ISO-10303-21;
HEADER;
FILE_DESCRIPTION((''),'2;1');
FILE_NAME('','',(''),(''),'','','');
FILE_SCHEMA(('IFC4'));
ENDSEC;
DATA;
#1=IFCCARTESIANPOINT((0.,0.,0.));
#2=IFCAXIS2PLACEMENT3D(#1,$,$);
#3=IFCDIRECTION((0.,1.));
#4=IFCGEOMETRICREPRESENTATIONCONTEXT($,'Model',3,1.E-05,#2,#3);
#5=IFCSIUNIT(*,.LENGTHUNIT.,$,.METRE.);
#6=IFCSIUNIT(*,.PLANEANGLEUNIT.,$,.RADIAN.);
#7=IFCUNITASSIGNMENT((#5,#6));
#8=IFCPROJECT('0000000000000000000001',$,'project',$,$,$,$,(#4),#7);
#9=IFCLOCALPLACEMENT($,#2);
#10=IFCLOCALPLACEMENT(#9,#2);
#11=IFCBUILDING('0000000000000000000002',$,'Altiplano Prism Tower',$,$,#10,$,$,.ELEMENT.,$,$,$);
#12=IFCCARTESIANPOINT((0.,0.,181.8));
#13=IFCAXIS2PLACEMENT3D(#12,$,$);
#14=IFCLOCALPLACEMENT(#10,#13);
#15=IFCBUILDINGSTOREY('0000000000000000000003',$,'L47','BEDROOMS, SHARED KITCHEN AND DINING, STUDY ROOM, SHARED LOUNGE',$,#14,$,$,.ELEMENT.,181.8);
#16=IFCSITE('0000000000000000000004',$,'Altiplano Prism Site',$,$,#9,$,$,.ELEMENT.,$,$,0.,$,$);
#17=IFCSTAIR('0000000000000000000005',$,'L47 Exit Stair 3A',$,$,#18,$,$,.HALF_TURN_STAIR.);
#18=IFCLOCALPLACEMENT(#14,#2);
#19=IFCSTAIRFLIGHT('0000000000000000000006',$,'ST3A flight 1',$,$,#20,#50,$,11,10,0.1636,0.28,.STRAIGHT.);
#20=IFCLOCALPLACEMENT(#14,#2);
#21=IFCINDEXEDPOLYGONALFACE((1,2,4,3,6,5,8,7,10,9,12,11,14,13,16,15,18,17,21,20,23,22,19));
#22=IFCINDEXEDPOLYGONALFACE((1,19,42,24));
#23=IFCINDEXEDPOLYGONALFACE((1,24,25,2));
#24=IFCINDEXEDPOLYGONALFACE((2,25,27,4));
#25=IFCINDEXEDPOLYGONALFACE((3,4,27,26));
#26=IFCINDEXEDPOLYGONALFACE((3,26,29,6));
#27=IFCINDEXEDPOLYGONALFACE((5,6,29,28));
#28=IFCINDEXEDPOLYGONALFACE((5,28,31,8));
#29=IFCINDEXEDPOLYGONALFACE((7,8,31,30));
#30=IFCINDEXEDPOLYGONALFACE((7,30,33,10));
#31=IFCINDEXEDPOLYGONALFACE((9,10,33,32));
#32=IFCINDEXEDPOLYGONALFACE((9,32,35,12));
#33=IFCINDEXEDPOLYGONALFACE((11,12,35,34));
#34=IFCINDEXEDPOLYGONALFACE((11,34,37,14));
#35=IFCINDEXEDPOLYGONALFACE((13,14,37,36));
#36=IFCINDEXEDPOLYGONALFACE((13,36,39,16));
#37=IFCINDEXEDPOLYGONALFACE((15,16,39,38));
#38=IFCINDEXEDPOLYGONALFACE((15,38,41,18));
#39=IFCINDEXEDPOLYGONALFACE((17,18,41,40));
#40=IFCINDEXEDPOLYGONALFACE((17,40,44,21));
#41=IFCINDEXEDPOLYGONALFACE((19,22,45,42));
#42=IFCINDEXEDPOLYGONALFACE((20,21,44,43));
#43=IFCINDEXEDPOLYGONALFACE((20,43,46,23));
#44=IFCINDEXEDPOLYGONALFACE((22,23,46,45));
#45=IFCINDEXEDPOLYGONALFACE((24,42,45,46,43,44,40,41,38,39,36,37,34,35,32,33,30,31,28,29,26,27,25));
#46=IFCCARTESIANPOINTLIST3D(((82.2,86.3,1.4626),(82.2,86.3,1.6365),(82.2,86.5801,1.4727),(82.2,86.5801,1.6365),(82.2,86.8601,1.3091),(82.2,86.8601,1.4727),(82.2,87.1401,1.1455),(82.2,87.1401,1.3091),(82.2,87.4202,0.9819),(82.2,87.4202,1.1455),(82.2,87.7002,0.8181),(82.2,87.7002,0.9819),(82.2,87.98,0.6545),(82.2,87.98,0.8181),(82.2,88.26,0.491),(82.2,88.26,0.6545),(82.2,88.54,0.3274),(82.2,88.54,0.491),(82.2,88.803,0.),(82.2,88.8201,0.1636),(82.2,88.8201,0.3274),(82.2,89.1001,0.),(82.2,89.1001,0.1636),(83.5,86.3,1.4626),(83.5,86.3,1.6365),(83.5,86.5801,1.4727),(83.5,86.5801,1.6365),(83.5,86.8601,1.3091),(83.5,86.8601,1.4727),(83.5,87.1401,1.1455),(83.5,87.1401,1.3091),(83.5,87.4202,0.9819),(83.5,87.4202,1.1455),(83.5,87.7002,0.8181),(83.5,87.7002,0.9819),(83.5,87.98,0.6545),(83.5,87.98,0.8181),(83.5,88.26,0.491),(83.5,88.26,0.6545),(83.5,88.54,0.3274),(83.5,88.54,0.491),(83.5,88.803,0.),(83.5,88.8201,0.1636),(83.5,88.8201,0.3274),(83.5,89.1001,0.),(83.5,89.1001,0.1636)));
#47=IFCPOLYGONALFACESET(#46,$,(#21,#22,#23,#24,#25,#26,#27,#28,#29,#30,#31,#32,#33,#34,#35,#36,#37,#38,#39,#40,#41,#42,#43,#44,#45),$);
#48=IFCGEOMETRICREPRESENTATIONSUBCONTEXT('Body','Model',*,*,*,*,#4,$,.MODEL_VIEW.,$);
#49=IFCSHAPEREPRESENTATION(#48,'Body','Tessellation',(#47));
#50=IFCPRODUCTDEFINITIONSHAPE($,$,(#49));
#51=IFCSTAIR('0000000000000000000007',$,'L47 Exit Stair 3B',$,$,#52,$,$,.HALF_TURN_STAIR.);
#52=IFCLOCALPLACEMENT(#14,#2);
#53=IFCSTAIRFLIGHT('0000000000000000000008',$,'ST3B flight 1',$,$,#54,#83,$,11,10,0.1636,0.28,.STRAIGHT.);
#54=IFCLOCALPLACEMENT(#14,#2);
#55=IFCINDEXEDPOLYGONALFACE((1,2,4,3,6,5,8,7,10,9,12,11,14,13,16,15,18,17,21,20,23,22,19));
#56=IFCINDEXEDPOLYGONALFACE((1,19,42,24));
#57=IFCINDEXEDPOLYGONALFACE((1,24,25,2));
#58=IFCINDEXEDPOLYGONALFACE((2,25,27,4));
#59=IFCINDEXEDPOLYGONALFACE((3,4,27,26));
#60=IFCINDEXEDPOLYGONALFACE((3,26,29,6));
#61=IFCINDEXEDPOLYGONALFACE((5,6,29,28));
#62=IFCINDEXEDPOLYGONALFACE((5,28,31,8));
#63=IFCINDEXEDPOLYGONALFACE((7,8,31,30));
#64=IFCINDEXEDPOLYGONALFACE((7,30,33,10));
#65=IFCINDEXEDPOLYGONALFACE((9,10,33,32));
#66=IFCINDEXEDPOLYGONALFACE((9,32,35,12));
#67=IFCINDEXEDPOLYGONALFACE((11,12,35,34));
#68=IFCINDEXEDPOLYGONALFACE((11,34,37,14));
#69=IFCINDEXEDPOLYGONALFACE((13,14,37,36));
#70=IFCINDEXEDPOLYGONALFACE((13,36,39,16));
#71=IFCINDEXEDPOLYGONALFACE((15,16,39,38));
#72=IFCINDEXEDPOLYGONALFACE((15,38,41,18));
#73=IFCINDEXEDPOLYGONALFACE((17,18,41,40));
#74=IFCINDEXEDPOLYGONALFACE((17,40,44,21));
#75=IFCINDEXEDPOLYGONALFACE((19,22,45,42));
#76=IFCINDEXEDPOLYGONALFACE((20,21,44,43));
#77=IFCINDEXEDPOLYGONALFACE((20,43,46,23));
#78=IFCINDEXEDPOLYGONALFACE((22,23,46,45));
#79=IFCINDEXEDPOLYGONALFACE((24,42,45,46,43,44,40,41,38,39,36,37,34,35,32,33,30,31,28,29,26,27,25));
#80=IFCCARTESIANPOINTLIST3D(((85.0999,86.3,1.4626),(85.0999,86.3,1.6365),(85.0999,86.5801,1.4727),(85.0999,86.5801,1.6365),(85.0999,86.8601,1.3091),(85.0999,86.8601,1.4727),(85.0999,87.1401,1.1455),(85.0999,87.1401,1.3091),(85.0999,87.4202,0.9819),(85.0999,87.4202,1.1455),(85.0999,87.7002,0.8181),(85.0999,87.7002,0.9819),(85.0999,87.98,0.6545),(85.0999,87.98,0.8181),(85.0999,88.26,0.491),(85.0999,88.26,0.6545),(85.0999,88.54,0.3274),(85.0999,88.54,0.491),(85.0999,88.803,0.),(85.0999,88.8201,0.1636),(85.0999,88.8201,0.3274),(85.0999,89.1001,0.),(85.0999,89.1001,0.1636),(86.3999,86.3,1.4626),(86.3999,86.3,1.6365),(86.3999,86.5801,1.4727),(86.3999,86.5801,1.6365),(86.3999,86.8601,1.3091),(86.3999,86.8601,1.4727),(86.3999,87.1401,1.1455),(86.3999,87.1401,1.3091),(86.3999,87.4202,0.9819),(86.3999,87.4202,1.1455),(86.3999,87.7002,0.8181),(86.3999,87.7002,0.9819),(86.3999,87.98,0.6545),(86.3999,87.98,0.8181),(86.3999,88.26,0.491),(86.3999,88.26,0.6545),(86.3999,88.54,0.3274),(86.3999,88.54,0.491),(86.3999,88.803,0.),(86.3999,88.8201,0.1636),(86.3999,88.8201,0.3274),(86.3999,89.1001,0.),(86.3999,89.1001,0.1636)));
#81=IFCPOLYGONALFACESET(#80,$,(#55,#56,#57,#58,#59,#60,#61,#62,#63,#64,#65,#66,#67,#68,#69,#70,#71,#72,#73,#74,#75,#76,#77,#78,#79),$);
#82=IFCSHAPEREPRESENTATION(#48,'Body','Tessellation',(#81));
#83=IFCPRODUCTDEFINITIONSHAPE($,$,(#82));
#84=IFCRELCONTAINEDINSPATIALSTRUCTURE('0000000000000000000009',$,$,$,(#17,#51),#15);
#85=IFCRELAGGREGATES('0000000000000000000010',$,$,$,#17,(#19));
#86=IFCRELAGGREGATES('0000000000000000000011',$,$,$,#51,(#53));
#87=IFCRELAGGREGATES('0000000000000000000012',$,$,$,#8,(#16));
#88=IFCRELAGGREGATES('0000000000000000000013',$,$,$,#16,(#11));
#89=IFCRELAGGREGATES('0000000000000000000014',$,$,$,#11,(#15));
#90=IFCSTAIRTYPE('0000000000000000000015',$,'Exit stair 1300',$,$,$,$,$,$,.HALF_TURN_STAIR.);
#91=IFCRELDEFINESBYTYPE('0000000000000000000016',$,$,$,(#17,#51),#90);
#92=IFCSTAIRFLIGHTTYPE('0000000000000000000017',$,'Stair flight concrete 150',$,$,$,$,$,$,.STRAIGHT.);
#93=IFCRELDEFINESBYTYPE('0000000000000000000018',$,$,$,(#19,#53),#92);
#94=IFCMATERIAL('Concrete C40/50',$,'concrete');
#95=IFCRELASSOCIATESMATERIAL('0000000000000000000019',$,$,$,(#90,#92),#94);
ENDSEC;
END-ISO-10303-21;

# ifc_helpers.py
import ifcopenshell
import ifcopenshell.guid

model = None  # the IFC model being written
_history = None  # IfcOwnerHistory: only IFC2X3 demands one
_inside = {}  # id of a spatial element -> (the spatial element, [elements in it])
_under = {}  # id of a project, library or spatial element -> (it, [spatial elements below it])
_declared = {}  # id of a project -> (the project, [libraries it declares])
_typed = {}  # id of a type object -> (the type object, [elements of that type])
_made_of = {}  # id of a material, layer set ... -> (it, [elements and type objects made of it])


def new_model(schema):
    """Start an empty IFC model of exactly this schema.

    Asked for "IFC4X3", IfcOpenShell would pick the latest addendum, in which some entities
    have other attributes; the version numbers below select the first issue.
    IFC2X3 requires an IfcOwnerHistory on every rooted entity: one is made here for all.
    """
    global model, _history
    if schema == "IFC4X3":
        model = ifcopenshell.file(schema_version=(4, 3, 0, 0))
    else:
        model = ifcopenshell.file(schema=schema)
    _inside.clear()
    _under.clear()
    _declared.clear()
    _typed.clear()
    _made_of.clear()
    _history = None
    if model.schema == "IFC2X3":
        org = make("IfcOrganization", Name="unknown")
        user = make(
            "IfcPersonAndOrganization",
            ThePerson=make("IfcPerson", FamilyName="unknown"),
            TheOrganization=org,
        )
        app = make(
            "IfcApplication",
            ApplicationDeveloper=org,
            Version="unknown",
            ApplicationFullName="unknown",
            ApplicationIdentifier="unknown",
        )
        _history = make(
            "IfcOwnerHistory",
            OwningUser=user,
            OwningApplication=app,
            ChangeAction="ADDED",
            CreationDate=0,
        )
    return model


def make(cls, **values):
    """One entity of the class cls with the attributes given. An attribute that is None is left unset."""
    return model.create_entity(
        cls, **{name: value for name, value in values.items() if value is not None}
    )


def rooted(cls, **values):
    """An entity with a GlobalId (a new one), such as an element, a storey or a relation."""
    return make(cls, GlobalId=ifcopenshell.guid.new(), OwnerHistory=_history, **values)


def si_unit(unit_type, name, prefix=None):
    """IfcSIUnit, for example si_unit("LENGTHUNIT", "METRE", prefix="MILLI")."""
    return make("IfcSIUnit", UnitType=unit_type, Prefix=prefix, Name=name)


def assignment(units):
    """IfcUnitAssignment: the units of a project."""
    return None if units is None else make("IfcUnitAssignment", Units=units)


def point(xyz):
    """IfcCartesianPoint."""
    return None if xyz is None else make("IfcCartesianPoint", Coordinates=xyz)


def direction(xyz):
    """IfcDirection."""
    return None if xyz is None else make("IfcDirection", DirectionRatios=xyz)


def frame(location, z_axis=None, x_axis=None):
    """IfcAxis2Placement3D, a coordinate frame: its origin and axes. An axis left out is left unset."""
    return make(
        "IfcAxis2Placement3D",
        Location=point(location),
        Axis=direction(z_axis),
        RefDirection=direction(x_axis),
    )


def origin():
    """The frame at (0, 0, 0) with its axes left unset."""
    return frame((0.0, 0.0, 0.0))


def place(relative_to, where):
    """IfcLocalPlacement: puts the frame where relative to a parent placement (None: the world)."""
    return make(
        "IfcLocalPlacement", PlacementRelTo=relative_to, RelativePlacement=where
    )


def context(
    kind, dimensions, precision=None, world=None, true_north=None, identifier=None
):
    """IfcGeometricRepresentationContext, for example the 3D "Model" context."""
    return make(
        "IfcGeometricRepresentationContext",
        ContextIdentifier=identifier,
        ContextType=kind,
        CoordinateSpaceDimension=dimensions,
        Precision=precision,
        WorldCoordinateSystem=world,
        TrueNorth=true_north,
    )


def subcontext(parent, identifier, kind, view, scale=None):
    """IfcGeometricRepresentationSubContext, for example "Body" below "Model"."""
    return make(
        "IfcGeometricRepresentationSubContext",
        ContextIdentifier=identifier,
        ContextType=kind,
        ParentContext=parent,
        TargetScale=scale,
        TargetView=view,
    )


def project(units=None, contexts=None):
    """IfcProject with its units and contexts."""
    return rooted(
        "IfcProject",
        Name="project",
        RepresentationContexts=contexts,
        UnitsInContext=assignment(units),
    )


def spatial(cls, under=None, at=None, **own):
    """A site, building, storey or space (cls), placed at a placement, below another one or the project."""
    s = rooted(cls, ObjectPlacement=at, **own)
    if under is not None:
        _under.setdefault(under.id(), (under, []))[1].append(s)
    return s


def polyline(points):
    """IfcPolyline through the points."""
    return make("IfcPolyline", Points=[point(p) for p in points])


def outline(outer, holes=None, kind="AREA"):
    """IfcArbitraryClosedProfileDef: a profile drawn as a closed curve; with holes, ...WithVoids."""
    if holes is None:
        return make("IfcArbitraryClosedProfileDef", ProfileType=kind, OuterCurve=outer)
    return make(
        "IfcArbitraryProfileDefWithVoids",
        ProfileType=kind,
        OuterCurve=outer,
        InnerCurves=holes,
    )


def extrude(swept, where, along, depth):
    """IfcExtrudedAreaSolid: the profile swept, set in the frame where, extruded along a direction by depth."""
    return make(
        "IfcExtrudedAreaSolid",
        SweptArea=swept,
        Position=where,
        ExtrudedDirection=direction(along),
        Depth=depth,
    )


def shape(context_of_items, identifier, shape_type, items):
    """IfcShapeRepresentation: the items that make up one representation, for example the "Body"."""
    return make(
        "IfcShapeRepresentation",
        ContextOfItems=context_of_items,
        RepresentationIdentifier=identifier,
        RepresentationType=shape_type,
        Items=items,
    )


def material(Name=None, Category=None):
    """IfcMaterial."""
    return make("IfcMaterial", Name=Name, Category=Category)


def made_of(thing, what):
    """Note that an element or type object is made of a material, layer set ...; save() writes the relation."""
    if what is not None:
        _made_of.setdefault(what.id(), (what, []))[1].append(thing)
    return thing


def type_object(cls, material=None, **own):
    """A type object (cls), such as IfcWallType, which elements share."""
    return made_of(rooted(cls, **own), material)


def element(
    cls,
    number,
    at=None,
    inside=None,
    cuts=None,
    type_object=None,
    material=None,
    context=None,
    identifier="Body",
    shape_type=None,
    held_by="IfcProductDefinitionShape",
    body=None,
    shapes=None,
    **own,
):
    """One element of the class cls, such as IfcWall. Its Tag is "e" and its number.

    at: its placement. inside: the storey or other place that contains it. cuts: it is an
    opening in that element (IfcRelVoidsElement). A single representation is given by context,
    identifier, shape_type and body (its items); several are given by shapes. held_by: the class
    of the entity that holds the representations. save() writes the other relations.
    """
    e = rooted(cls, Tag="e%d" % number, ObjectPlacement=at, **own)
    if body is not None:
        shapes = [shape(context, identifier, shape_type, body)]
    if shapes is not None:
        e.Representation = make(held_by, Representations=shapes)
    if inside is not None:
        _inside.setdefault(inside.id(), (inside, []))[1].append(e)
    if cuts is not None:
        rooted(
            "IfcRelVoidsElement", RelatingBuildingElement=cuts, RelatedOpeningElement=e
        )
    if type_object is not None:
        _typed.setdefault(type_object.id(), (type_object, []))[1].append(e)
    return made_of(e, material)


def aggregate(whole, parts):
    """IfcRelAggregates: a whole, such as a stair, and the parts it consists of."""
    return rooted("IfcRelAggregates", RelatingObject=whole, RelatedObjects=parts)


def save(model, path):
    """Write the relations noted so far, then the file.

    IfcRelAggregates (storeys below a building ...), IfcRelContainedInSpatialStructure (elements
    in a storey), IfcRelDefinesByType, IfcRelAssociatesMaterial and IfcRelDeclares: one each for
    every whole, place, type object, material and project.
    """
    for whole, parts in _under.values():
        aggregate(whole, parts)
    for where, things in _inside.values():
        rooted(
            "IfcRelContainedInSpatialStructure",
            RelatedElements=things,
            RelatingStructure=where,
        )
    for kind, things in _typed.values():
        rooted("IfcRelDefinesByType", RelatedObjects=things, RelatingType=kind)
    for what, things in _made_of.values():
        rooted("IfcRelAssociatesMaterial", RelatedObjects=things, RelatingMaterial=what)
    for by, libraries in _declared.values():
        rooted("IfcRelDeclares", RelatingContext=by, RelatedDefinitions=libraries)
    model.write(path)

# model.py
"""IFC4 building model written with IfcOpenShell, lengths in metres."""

from ifc_helpers import new_model, si_unit, direction, frame, origin, place, context, subcontext, project, spatial, polyline, outline, extrude, material, type_object, element, aggregate, save


model = new_model("IFC4")

# Units and contexts
model_context = context("Model", 3, precision=1e-05, world=origin(), true_north=direction((0.0, 1.0)))
body_context = subcontext(model_context, "Body", "Model", "MODEL_VIEW")
ifc_project = project(units=[si_unit("LENGTHUNIT", "METRE"), si_unit("PLANEANGLEUNIT", "RADIAN")], contexts=[model_context])

# Site, building, storey
site_placement = place(None, origin())
site = spatial("IfcSite", under=ifc_project, at=site_placement, Name="Altiplano Prism Site", CompositionType="ELEMENT", RefElevation=0.0)
building_placement = place(site_placement, origin())
building = spatial("IfcBuilding", under=site, at=building_placement, Name="Altiplano Prism Tower", CompositionType="ELEMENT")
storey_placement = place(building_placement, frame((0.0, 0.0, 181.8)))
storey = spatial("IfcBuildingStorey", under=building, at=storey_placement, Name="L47", Description="BEDROOMS, SHARED KITCHEN AND DINING, STUDY ROOM, SHARED LOUNGE", CompositionType="ELEMENT", Elevation=181.8)

# Stairs, stair flights
ifc_material_1 = material(Name="Concrete C40/50", Category="concrete")
stair_type = type_object("IfcStairType", Name="Exit stair 1300", PredefinedType="HALF_TURN_STAIR", material=ifc_material_1)
stair_1_placement = place(storey_placement, origin())
stair_1 = element("IfcStair", 1, at=stair_1_placement, inside=storey, type_object=stair_type, Name="L47 Exit Stair 3A", PredefinedType="HALF_TURN_STAIR")
stair_flight_type = type_object("IfcStairFlightType", Name="Stair flight concrete 150", PredefinedType="STRAIGHT", material=ifc_material_1)
stair_flight_1_placement = place(storey_placement, frame((82.8501, 89.1001, 0.0), z_axis=(0.0, 0.0, 1.0), x_axis=(0.0, -1.0, 0.0)))
stair_flight_1 = element("IfcStairFlight", 2, at=stair_flight_1_placement, type_object=stair_flight_type, Name="ST3A flight 1", NumberOfRisers=11, NumberOfTreads=10, PredefinedType="STRAIGHT", RiserHeight=0.1636, TreadLength=0.28, context=body_context, shape_type="SweptSolid", body=[
    extrude(outline(polyline([(0.0, 0.0), (0.0, 0.1636), (0.28, 0.1636), (0.28, 0.3274), (0.5601, 0.3274), (0.5601, 0.491), (0.8401, 0.491), (0.8401, 0.6545), (1.1201, 0.6545), (1.1201, 0.8181), (1.3999, 0.8181), (1.3999, 0.9819), (1.6799, 0.9819), (1.6799, 1.1455), (1.96, 1.1455), (1.96, 1.3091), (2.24, 1.3091), (2.24, 1.4727), (2.52, 1.4727), (2.52, 1.6365), (2.8, 1.6365), (2.8, 1.8), (2.8, 1.4626), (0.2971, 0.0), (0.0, 0.0)])), frame((0.0, 0.6499, 0.0), z_axis=(0.0, -1.0, 0.0), x_axis=(1.0, 0.0, 0.0)), (0.0, 0.0, 1.0), 1.3),
])
aggregate(stair_1, [stair_flight_1])
stair_2_placement = place(storey_placement, origin())
stair_2 = element("IfcStair", 3, at=stair_2_placement, inside=storey, type_object=stair_type, Name="L47 Exit Stair 3B", PredefinedType="HALF_TURN_STAIR")
stair_flight_2_placement = place(storey_placement, frame((85.75, 89.1001, 0.0), z_axis=(0.0, 0.0, 1.0), x_axis=(0.0, -1.0, 0.0)))
stair_flight_2 = element("IfcStairFlight", 4, at=stair_flight_2_placement, type_object=stair_flight_type, Name="ST3B flight 1", NumberOfRisers=11, NumberOfTreads=10, PredefinedType="STRAIGHT", RiserHeight=0.1636, TreadLength=0.28, context=body_context, shape_type="SweptSolid", body=[
    extrude(outline(polyline([(0.0, 0.0), (0.0, 0.1636), (0.28, 0.1636), (0.28, 0.3274), (0.5601, 0.3274), (0.5601, 0.491), (0.8401, 0.491), (0.8401, 0.6545), (1.1201, 0.6545), (1.1201, 0.8181), (1.3999, 0.8181), (1.3999, 0.9819), (1.6799, 0.9819), (1.6799, 1.1455), (1.96, 1.1455), (1.96, 1.3091), (2.24, 1.3091), (2.24, 1.4727), (2.52, 1.4727), (2.52, 1.6365), (2.8, 1.6365), (2.8, 1.8), (2.8, 1.4626), (0.2971, 0.0), (0.0, 0.0)])), frame((0.0, 0.6499, 0.0), z_axis=(0.0, -1.0, 0.0), x_axis=(1.0, 0.0, 0.0)), (0.0, 0.0, 1.0), 1.3),
])
aggregate(stair_2, [stair_flight_2])

save(model, "model.ifc")
